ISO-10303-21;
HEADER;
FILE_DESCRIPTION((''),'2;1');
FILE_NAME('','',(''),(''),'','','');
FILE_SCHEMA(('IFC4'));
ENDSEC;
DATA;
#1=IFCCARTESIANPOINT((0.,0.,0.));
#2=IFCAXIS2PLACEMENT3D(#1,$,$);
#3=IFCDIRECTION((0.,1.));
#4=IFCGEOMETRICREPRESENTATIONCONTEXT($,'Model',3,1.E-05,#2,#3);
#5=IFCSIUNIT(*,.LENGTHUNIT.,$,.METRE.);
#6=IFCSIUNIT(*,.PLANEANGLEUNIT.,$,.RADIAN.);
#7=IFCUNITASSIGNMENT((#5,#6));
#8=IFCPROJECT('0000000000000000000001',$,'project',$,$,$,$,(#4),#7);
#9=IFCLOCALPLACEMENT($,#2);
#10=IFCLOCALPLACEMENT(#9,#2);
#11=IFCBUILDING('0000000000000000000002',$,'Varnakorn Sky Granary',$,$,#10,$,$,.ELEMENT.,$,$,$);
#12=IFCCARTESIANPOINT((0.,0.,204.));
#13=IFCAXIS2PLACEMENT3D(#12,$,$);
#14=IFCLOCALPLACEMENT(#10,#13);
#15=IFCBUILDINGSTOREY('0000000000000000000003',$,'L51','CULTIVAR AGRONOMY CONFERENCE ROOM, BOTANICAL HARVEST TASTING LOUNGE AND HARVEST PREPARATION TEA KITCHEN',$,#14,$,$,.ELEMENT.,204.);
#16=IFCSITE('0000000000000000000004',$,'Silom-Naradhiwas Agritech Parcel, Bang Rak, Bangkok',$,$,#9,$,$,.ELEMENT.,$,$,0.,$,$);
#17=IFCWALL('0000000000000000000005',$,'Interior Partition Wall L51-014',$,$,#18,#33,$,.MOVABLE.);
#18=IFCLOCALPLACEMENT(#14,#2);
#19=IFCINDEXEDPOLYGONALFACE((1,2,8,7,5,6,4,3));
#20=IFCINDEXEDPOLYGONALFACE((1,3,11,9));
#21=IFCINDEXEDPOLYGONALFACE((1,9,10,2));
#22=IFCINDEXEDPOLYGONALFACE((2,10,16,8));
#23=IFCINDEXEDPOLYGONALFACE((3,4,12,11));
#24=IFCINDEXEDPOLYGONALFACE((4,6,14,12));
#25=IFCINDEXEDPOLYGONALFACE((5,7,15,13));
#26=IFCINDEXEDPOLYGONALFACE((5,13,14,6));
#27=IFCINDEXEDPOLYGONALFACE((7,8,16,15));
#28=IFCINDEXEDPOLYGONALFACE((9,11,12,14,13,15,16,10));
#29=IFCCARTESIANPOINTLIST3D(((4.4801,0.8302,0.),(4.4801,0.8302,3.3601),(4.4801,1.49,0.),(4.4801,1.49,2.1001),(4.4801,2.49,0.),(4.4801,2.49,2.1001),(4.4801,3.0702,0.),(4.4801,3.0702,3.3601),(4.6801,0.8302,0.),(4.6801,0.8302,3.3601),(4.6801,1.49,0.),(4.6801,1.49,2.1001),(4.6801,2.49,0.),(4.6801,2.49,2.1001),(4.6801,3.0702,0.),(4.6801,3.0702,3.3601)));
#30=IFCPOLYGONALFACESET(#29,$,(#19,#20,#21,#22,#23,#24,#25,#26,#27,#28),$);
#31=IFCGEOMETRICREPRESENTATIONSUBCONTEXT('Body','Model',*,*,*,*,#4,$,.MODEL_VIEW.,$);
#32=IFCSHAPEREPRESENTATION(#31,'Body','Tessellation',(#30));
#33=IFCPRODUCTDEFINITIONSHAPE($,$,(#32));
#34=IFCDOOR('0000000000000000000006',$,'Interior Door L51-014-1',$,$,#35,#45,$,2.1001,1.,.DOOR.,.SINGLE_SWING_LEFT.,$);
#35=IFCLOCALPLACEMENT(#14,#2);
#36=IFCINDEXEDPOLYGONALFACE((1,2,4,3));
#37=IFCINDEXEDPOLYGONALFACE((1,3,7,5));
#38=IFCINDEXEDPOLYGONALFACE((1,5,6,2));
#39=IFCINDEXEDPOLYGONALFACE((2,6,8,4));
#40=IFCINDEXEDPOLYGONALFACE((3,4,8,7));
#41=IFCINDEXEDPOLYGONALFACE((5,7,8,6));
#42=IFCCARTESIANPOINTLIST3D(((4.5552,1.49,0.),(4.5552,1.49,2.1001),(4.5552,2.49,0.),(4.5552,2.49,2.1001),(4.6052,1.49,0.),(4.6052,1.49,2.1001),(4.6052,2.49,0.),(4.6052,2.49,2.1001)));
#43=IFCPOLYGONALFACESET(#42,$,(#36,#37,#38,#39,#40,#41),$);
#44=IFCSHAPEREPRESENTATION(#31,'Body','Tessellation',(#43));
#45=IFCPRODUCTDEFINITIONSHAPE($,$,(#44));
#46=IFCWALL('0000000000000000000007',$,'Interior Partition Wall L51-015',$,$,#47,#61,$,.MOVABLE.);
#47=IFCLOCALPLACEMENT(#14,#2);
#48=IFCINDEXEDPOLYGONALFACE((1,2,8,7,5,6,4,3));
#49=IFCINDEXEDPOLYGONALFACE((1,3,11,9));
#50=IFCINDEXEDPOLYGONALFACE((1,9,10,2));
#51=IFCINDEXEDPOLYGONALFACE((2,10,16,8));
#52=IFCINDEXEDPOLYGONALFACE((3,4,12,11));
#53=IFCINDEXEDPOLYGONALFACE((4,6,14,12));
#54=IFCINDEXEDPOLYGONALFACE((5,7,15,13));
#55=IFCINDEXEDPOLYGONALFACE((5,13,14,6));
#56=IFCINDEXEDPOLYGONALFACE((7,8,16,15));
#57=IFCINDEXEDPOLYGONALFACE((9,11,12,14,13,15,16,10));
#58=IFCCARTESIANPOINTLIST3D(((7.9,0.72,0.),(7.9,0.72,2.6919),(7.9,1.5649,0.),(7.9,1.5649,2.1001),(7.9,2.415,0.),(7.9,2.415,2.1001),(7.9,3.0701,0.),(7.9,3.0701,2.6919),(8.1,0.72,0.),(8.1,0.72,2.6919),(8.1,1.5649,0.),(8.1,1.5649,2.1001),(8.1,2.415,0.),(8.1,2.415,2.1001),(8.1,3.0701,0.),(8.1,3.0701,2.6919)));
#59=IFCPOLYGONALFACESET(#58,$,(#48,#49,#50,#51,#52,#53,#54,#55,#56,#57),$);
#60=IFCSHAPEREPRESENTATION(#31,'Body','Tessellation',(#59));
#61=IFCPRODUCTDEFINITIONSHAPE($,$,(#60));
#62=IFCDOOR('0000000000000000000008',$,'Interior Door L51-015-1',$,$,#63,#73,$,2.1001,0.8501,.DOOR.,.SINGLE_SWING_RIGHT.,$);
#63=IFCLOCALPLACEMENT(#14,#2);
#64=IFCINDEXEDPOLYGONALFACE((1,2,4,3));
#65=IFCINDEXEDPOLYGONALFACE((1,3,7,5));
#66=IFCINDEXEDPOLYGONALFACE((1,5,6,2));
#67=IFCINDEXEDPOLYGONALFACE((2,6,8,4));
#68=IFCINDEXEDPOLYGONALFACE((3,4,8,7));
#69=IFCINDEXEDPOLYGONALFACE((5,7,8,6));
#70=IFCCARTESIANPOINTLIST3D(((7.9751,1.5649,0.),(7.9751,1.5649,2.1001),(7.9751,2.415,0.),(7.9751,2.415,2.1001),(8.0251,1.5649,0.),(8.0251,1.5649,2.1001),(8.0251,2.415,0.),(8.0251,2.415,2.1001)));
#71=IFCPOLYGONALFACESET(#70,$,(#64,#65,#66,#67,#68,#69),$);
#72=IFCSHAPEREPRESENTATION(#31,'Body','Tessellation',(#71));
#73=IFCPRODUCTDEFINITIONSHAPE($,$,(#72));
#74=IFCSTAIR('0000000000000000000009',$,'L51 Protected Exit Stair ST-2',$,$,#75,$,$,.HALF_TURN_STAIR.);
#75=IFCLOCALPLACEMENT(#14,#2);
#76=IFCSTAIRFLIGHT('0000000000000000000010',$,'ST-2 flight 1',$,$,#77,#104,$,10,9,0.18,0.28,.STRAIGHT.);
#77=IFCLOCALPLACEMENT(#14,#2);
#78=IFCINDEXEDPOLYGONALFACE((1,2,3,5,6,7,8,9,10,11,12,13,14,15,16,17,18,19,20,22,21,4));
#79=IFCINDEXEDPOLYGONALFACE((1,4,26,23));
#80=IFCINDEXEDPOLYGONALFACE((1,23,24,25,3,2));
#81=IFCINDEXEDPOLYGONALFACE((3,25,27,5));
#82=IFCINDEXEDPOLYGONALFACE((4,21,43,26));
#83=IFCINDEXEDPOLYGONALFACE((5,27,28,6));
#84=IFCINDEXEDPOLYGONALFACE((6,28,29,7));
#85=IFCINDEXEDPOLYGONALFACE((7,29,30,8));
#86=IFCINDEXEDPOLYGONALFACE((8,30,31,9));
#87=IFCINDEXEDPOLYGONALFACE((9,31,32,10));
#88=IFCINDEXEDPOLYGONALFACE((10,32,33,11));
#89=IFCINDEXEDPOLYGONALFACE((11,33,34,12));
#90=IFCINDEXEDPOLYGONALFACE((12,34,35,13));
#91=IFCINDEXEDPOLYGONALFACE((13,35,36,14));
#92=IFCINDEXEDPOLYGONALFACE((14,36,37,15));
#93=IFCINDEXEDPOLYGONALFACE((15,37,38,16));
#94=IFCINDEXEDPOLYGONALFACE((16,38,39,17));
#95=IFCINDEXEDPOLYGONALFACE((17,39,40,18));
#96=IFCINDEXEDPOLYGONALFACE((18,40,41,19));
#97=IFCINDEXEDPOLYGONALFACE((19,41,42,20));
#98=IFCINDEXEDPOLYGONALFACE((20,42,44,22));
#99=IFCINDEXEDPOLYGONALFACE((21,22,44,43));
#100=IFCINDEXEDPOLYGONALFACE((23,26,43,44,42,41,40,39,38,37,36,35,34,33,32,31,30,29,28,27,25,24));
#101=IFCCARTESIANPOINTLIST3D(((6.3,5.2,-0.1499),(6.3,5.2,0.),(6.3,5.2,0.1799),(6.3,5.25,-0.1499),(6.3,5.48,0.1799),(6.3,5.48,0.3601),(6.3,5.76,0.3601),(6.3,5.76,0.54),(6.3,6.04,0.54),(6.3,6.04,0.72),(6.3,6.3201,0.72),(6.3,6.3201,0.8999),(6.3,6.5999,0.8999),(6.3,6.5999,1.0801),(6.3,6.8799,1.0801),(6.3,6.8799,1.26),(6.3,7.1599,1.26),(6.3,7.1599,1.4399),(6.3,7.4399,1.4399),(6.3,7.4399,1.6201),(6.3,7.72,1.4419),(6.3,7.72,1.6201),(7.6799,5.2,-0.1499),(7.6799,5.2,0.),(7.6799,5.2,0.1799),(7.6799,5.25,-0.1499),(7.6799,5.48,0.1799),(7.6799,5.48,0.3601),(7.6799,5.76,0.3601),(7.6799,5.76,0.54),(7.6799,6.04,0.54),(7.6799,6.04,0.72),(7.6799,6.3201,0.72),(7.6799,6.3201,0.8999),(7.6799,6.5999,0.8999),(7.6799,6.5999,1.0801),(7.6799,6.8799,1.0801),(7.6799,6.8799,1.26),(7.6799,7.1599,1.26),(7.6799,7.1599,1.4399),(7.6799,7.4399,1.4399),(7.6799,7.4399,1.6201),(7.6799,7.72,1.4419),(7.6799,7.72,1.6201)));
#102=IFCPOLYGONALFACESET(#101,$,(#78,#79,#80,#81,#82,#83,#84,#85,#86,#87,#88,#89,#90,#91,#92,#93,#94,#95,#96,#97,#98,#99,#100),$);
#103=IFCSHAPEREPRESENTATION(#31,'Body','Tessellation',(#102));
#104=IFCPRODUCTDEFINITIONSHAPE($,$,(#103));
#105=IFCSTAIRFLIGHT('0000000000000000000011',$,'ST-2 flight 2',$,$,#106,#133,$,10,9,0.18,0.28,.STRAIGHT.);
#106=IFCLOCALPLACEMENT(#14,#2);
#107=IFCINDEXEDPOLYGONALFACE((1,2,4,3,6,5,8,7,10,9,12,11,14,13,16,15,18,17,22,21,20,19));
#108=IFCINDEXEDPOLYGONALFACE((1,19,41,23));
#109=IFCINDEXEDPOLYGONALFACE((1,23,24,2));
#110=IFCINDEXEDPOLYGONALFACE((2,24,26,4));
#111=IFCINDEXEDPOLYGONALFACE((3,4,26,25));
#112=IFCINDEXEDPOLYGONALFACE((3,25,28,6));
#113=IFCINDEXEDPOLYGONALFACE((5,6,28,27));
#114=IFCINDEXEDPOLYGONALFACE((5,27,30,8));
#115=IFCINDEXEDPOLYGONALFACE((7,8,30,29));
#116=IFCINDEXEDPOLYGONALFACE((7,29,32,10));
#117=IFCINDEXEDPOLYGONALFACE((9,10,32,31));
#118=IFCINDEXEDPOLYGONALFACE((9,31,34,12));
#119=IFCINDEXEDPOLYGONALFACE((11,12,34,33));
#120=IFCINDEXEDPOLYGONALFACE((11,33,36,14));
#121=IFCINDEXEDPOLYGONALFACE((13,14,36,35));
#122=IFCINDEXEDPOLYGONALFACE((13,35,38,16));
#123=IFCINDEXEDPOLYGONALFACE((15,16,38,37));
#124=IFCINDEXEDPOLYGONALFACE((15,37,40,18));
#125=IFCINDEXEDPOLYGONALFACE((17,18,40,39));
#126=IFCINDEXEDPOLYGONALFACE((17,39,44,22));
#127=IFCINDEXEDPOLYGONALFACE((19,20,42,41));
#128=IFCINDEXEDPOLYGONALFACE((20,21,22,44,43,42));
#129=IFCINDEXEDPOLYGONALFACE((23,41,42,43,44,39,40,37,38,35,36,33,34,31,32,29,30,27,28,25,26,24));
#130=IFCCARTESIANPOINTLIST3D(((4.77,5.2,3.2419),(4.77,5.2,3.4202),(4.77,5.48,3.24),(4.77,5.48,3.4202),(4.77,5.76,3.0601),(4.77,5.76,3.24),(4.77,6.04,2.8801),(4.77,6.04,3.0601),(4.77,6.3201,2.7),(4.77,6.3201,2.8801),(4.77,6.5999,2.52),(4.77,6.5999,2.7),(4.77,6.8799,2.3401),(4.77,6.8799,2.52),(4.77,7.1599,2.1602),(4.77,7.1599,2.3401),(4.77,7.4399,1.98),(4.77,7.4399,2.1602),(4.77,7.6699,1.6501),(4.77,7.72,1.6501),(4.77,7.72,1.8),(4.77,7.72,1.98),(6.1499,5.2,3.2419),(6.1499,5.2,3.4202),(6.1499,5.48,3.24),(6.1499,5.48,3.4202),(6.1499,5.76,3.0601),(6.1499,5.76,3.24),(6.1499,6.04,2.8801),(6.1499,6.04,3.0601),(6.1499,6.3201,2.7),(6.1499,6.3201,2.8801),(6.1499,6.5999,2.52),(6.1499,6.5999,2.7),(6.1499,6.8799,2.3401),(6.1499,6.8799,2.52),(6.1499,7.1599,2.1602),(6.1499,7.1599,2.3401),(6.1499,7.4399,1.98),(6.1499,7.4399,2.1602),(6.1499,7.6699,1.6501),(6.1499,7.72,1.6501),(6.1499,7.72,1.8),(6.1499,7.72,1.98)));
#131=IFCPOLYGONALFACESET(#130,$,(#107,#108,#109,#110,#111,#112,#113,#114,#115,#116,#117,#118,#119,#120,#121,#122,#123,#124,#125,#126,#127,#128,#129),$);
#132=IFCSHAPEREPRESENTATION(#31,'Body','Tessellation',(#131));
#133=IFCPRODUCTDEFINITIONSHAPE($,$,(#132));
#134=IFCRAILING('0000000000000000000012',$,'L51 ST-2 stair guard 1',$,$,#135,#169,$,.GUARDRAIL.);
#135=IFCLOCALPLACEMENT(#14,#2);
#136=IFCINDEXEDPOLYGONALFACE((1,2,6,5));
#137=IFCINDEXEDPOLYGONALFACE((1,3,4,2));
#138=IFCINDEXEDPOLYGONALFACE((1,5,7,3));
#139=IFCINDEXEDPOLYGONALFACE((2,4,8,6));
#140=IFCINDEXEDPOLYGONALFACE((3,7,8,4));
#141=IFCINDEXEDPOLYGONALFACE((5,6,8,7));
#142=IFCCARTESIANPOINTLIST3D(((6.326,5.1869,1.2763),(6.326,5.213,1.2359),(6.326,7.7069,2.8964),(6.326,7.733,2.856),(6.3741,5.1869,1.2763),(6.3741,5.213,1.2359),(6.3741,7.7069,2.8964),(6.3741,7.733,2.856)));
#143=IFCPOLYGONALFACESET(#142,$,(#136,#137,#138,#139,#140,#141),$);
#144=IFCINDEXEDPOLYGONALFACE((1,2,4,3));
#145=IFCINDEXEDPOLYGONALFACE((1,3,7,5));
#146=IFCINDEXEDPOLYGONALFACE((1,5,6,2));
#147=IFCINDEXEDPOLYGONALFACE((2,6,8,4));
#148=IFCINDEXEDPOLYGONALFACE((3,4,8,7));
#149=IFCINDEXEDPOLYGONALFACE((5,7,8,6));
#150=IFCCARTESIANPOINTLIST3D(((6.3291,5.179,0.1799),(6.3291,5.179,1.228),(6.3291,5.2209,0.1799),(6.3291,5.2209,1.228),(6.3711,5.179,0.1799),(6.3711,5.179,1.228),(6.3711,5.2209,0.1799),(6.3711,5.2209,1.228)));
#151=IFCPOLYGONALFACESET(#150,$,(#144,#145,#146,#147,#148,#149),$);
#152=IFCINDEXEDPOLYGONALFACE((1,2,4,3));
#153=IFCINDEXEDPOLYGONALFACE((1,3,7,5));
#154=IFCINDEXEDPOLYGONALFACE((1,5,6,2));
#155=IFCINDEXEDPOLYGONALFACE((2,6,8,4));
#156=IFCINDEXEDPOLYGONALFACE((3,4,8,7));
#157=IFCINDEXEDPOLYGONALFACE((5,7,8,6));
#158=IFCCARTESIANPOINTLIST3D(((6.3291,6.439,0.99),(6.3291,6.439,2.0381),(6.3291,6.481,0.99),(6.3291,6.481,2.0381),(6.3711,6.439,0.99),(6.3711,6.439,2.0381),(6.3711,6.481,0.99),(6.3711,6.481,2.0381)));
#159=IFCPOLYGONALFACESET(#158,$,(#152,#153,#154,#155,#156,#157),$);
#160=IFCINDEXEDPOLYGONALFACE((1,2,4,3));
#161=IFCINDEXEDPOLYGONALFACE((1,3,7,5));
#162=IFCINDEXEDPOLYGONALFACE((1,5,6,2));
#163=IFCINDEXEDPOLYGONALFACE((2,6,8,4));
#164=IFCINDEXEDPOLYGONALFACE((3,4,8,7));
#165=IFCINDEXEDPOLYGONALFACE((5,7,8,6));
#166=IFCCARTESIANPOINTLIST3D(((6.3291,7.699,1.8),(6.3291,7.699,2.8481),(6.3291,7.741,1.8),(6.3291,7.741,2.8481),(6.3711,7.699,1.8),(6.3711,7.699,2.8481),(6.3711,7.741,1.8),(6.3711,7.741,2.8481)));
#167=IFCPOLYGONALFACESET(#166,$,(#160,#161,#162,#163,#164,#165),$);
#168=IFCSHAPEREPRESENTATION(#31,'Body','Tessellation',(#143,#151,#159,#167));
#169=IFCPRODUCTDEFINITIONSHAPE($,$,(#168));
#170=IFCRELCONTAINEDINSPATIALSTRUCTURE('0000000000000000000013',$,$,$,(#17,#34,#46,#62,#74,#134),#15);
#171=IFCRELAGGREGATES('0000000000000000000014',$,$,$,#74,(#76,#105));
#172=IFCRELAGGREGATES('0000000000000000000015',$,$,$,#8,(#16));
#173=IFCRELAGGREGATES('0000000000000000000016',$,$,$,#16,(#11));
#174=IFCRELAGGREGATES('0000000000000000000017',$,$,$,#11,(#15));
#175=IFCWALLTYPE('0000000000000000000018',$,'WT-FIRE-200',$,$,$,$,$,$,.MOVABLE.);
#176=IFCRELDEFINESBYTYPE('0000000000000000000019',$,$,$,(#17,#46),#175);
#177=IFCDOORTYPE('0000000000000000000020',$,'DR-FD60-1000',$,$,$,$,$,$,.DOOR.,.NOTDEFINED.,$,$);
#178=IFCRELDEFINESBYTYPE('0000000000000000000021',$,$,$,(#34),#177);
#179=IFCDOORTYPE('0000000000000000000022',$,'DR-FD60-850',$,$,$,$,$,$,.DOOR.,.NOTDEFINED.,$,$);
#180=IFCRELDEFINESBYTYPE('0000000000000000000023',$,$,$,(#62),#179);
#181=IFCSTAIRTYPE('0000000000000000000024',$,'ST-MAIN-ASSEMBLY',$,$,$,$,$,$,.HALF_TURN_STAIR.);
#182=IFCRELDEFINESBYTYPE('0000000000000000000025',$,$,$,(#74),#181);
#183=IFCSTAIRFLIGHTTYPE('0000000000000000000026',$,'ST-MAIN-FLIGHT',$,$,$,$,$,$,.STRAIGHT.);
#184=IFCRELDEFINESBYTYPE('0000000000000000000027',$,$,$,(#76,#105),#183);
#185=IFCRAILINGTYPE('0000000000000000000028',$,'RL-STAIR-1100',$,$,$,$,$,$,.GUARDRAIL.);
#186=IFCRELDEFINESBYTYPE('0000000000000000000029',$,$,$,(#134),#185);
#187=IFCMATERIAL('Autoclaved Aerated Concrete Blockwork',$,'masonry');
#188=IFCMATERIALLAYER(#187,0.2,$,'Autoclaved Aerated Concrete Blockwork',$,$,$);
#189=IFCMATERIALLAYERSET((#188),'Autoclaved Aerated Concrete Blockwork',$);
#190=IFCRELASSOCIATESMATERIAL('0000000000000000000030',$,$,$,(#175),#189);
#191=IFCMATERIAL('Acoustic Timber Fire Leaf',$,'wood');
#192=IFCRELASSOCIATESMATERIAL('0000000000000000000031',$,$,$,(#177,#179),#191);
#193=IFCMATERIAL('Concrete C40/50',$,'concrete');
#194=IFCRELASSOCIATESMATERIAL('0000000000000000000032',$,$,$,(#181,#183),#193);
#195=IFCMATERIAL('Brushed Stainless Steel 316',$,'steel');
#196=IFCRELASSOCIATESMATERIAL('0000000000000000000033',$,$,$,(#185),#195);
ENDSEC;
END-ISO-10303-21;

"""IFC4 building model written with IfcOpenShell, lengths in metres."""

from ifc_helpers import new_model, si_unit, direction, frame, frame_2d, origin, origin_2d, place, context, subcontext, project, spatial, polyline, rectangle, outline, extrude, material, layer, layer_set, type_object, element, fill, aggregate, save


model = new_model("IFC4")

# Units and contexts
model_context = context("Model", 3, precision=1e-05, world=origin(), true_north=direction((0.0, 1.0)))
body_context = subcontext(model_context, "Body", "Model", "MODEL_VIEW")
ifc_project = project(units=[si_unit("LENGTHUNIT", "METRE"), si_unit("PLANEANGLEUNIT", "RADIAN")], contexts=[model_context])

# Site, building, storey
site_placement = place(None, origin())
site = spatial("IfcSite", under=ifc_project, at=site_placement, Name="Silom-Naradhiwas Agritech Parcel, Bang Rak, Bangkok", CompositionType="ELEMENT", RefElevation=0.0)
building_placement = place(site_placement, origin())
building = spatial("IfcBuilding", under=site, at=building_placement, Name="Varnakorn Sky Granary", CompositionType="ELEMENT")
storey_placement = place(building_placement, frame((0.0, 0.0, 204.0)))
storey = spatial("IfcBuildingStorey", under=building, at=storey_placement, Name="L51", Description="CULTIVAR AGRONOMY CONFERENCE ROOM, BOTANICAL HARVEST TASTING LOUNGE AND HARVEST PREPARATION TEA KITCHEN", CompositionType="ELEMENT", Elevation=204.0)

# Walls, openings, doors
ifc_material_1 = material(Name="Autoclaved Aerated Concrete Blockwork", Category="masonry")
ifc_layer_1 = layer(ifc_material_1, 0.2, Name="Autoclaved Aerated Concrete Blockwork")
ifc_layer_set_1 = layer_set([ifc_layer_1], Name="Autoclaved Aerated Concrete Blockwork")
wall_type_1 = type_object("IfcWallType", Name="WT-FIRE-200", PredefinedType="MOVABLE", material=ifc_layer_set_1)
wall_1_placement = place(storey_placement, frame((4.5801, 0.8301, 0.0), z_axis=(0.0, 0.0, 1.0), x_axis=(0.0, 1.0, 0.0)))
wall_1 = element("IfcWall", 1, at=wall_1_placement, inside=storey, type_object=wall_type_1, Name="Interior Partition Wall L51-014", PredefinedType="MOVABLE", context=body_context, shape_type="SweptSolid", body=[
    extrude(rectangle(XDim=2.24, YDim=0.2, at=frame_2d((1.1201, 0.0))), origin(), (0.0, 0.0, 1.0), 3.3601),
])
opening_1_placement = place(wall_1_placement, frame((0.6599, 0.0, 0.0)))
opening_1 = element("IfcOpeningElement", 2, at=opening_1_placement, cuts=wall_1, PredefinedType="OPENING", context=body_context, shape_type="SweptSolid", body=[
    extrude(rectangle(XDim=1.0, YDim=2.1001, at=frame_2d((0.5, 1.05))), frame((0.0, 0.1099, 0.0), z_axis=(0.0, -1.0, 0.0), x_axis=(1.0, 0.0, 0.0)), (0.0, 0.0, 1.0), 0.22),
])
ifc_material_2 = material(Name="Acoustic Timber Fire Leaf", Category="wood")
door_type_1 = type_object("IfcDoorType", Name="DR-FD60-1000", OperationType="NOTDEFINED", PredefinedType="DOOR", material=ifc_material_2)
door_1_placement = place(opening_1_placement, origin())
door_1 = element("IfcDoor", 3, at=door_1_placement, inside=storey, type_object=door_type_1, Name="Interior Door L51-014-1", OperationType="SINGLE_SWING_LEFT", OverallHeight=2.1001, OverallWidth=1.0, PredefinedType="DOOR", context=body_context, shape_type="SweptSolid", body=[
    extrude(rectangle(XDim=1.0, YDim=2.1001, at=frame_2d((0.5, 1.05))), frame((0.0, 0.0249, 0.0), z_axis=(0.0, -1.0, 0.0), x_axis=(1.0, 0.0, 0.0)), (0.0, 0.0, 1.0), 0.05),
])
fill(opening_1, door_1)
wall_2_placement = place(storey_placement, frame((8.0, 0.72, 0.0), z_axis=(0.0, 0.0, 1.0), x_axis=(0.0, 1.0, 0.0)))
wall_2 = element("IfcWall", 4, at=wall_2_placement, inside=storey, type_object=wall_type_1, Name="Interior Partition Wall L51-015", PredefinedType="MOVABLE", context=body_context, shape_type="SweptSolid", body=[
    extrude(rectangle(XDim=2.3501, YDim=0.2, at=frame_2d((1.175, 0.0))), origin(), (0.0, 0.0, 1.0), 2.6919),
])
opening_2_placement = place(wall_2_placement, frame((0.845, 0.0, 0.0)))
opening_2 = element("IfcOpeningElement", 5, at=opening_2_placement, cuts=wall_2, PredefinedType="OPENING", context=body_context, shape_type="SweptSolid", body=[
    extrude(rectangle(XDim=0.8501, YDim=2.1001, at=frame_2d((0.425, 1.05))), frame((0.0, 0.1099, 0.0), z_axis=(0.0, -1.0, 0.0), x_axis=(1.0, 0.0, 0.0)), (0.0, 0.0, 1.0), 0.22),
])
door_type_2 = type_object("IfcDoorType", Name="DR-FD60-850", OperationType="NOTDEFINED", PredefinedType="DOOR", material=ifc_material_2)
door_2_placement = place(opening_2_placement, origin())
door_2 = element("IfcDoor", 6, at=door_2_placement, inside=storey, type_object=door_type_2, Name="Interior Door L51-015-1", OperationType="SINGLE_SWING_RIGHT", OverallHeight=2.1001, OverallWidth=0.8501, PredefinedType="DOOR", context=body_context, shape_type="SweptSolid", body=[
    extrude(rectangle(XDim=0.8501, YDim=2.1001, at=frame_2d((0.425, 1.05))), frame((0.0, 0.0249, 0.0), z_axis=(0.0, -1.0, 0.0), x_axis=(1.0, 0.0, 0.0)), (0.0, 0.0, 1.0), 0.05),
])
fill(opening_2, door_2)

# Stair, stair flights
ifc_material_3 = material(Name="Concrete C40/50", Category="concrete")
stair_type = type_object("IfcStairType", Name="ST-MAIN-ASSEMBLY", PredefinedType="HALF_TURN_STAIR", material=ifc_material_3)
stair_placement = place(storey_placement, origin())
stair = element("IfcStair", 7, at=stair_placement, inside=storey, type_object=stair_type, Name="L51 Protected Exit Stair ST-2", PredefinedType="HALF_TURN_STAIR")
stair_flight_type = type_object("IfcStairFlightType", Name="ST-MAIN-FLIGHT", PredefinedType="STRAIGHT", material=ifc_material_3)
stair_flight_1_placement = place(storey_placement, frame((6.99, 5.2, 0.0), z_axis=(0.0, 0.0, 1.0), x_axis=(0.0, 1.0, 0.0)))
stair_flight_1 = element("IfcStairFlight", 8, at=stair_flight_1_placement, type_object=stair_flight_type, Name="ST-2 flight 1", NumberOfRisers=10, NumberOfTreads=9, PredefinedType="STRAIGHT", RiserHeight=0.18, TreadLength=0.28, context=body_context, shape_type="SweptSolid", body=[
    extrude(outline(polyline([(0.0, -0.1499), (0.0, 0.0), (0.0, 0.1799), (0.28, 0.1799), (0.28, 0.3601), (0.5601, 0.3601), (0.5601, 0.54), (0.8401, 0.54), (0.8401, 0.72), (1.1201, 0.72), (1.1201, 0.8999), (1.3999, 0.8999), (1.3999, 1.0801), (1.6799, 1.0801), (1.6799, 1.26), (1.96, 1.26), (1.96, 1.4399), (2.24, 1.4399), (2.24, 1.6201), (2.52, 1.6201), (2.52, 1.8), (2.52, 1.4419), (0.05, -0.1499), (0.0, -0.1499)])), frame((0.0, 0.6899, 0.0), z_axis=(0.0, -1.0, 0.0), x_axis=(1.0, 0.0, 0.0)), (0.0, 0.0, 1.0), 1.3799),
])
stair_flight_2_placement = place(storey_placement, frame((5.46, 7.72, 1.8), z_axis=(0.0, 0.0, 1.0), x_axis=(0.0, -1.0, 0.0)))
stair_flight_2 = element("IfcStairFlight", 9, at=stair_flight_2_placement, type_object=stair_flight_type, Name="ST-2 flight 2", NumberOfRisers=10, NumberOfTreads=9, PredefinedType="STRAIGHT", RiserHeight=0.18, TreadLength=0.28, context=body_context, shape_type="SweptSolid", body=[
    extrude(outline(polyline([(0.0, -0.1499), (0.0, 0.0), (0.0, 0.1799), (0.28, 0.1799), (0.28, 0.3601), (0.5601, 0.3601), (0.5601, 0.54), (0.8401, 0.54), (0.8401, 0.72), (1.1201, 0.72), (1.1201, 0.8999), (1.3999, 0.8999), (1.3999, 1.0801), (1.6799, 1.0801), (1.6799, 1.26), (1.96, 1.26), (1.96, 1.4399), (2.24, 1.4399), (2.24, 1.6201), (2.52, 1.6201), (2.52, 1.8), (2.52, 1.4419), (0.05, -0.1499), (0.0, -0.1499)])), frame((0.0, 0.6899, 0.0), z_axis=(0.0, -1.0, 0.0), x_axis=(1.0, 0.0, 0.0)), (0.0, 0.0, 1.0), 1.3799),
])
aggregate(stair, [stair_flight_1, stair_flight_2])

# Railing
ifc_material_4 = material(Name="Brushed Stainless Steel 316", Category="steel")
railing_type_1 = type_object("IfcRailingType", Name="RL-STAIR-1100", PredefinedType="GUARDRAIL", material=ifc_material_4)
railing_1_placement = place(storey_placement, frame((6.3501, 5.2, 0.1799)))
element("IfcRailing", 10, at=railing_1_placement, inside=storey, type_object=railing_type_1, Name="L51 ST-2 stair guard 1", PredefinedType="GUARDRAIL", context=body_context, shape_type="SweptSolid", body=[
    extrude(rectangle(XDim=0.0481, YDim=0.0481, at=origin_2d()), frame((0.0, 0.0, 1.0762), z_axis=(0.0, 0.841163, 0.540782), x_axis=(-1.0, 0.0, 0.0)), (0.0, 0.0, 1.0), 2.9958),
    extrude(rectangle(XDim=0.042, YDim=0.042, at=origin_2d()), origin(), (0.0, 0.0, 1.0), 1.0481),
    extrude(rectangle(XDim=0.042, YDim=0.042, at=origin_2d()), frame((0.0, 1.26, 0.8101)), (0.0, 0.0, 1.0), 1.0481),
    extrude(rectangle(XDim=0.042, YDim=0.042, at=origin_2d()), frame((0.0, 2.52, 1.6201)), (0.0, 0.0, 1.0), 1.0481),
])

save(model, "model.ifc")
